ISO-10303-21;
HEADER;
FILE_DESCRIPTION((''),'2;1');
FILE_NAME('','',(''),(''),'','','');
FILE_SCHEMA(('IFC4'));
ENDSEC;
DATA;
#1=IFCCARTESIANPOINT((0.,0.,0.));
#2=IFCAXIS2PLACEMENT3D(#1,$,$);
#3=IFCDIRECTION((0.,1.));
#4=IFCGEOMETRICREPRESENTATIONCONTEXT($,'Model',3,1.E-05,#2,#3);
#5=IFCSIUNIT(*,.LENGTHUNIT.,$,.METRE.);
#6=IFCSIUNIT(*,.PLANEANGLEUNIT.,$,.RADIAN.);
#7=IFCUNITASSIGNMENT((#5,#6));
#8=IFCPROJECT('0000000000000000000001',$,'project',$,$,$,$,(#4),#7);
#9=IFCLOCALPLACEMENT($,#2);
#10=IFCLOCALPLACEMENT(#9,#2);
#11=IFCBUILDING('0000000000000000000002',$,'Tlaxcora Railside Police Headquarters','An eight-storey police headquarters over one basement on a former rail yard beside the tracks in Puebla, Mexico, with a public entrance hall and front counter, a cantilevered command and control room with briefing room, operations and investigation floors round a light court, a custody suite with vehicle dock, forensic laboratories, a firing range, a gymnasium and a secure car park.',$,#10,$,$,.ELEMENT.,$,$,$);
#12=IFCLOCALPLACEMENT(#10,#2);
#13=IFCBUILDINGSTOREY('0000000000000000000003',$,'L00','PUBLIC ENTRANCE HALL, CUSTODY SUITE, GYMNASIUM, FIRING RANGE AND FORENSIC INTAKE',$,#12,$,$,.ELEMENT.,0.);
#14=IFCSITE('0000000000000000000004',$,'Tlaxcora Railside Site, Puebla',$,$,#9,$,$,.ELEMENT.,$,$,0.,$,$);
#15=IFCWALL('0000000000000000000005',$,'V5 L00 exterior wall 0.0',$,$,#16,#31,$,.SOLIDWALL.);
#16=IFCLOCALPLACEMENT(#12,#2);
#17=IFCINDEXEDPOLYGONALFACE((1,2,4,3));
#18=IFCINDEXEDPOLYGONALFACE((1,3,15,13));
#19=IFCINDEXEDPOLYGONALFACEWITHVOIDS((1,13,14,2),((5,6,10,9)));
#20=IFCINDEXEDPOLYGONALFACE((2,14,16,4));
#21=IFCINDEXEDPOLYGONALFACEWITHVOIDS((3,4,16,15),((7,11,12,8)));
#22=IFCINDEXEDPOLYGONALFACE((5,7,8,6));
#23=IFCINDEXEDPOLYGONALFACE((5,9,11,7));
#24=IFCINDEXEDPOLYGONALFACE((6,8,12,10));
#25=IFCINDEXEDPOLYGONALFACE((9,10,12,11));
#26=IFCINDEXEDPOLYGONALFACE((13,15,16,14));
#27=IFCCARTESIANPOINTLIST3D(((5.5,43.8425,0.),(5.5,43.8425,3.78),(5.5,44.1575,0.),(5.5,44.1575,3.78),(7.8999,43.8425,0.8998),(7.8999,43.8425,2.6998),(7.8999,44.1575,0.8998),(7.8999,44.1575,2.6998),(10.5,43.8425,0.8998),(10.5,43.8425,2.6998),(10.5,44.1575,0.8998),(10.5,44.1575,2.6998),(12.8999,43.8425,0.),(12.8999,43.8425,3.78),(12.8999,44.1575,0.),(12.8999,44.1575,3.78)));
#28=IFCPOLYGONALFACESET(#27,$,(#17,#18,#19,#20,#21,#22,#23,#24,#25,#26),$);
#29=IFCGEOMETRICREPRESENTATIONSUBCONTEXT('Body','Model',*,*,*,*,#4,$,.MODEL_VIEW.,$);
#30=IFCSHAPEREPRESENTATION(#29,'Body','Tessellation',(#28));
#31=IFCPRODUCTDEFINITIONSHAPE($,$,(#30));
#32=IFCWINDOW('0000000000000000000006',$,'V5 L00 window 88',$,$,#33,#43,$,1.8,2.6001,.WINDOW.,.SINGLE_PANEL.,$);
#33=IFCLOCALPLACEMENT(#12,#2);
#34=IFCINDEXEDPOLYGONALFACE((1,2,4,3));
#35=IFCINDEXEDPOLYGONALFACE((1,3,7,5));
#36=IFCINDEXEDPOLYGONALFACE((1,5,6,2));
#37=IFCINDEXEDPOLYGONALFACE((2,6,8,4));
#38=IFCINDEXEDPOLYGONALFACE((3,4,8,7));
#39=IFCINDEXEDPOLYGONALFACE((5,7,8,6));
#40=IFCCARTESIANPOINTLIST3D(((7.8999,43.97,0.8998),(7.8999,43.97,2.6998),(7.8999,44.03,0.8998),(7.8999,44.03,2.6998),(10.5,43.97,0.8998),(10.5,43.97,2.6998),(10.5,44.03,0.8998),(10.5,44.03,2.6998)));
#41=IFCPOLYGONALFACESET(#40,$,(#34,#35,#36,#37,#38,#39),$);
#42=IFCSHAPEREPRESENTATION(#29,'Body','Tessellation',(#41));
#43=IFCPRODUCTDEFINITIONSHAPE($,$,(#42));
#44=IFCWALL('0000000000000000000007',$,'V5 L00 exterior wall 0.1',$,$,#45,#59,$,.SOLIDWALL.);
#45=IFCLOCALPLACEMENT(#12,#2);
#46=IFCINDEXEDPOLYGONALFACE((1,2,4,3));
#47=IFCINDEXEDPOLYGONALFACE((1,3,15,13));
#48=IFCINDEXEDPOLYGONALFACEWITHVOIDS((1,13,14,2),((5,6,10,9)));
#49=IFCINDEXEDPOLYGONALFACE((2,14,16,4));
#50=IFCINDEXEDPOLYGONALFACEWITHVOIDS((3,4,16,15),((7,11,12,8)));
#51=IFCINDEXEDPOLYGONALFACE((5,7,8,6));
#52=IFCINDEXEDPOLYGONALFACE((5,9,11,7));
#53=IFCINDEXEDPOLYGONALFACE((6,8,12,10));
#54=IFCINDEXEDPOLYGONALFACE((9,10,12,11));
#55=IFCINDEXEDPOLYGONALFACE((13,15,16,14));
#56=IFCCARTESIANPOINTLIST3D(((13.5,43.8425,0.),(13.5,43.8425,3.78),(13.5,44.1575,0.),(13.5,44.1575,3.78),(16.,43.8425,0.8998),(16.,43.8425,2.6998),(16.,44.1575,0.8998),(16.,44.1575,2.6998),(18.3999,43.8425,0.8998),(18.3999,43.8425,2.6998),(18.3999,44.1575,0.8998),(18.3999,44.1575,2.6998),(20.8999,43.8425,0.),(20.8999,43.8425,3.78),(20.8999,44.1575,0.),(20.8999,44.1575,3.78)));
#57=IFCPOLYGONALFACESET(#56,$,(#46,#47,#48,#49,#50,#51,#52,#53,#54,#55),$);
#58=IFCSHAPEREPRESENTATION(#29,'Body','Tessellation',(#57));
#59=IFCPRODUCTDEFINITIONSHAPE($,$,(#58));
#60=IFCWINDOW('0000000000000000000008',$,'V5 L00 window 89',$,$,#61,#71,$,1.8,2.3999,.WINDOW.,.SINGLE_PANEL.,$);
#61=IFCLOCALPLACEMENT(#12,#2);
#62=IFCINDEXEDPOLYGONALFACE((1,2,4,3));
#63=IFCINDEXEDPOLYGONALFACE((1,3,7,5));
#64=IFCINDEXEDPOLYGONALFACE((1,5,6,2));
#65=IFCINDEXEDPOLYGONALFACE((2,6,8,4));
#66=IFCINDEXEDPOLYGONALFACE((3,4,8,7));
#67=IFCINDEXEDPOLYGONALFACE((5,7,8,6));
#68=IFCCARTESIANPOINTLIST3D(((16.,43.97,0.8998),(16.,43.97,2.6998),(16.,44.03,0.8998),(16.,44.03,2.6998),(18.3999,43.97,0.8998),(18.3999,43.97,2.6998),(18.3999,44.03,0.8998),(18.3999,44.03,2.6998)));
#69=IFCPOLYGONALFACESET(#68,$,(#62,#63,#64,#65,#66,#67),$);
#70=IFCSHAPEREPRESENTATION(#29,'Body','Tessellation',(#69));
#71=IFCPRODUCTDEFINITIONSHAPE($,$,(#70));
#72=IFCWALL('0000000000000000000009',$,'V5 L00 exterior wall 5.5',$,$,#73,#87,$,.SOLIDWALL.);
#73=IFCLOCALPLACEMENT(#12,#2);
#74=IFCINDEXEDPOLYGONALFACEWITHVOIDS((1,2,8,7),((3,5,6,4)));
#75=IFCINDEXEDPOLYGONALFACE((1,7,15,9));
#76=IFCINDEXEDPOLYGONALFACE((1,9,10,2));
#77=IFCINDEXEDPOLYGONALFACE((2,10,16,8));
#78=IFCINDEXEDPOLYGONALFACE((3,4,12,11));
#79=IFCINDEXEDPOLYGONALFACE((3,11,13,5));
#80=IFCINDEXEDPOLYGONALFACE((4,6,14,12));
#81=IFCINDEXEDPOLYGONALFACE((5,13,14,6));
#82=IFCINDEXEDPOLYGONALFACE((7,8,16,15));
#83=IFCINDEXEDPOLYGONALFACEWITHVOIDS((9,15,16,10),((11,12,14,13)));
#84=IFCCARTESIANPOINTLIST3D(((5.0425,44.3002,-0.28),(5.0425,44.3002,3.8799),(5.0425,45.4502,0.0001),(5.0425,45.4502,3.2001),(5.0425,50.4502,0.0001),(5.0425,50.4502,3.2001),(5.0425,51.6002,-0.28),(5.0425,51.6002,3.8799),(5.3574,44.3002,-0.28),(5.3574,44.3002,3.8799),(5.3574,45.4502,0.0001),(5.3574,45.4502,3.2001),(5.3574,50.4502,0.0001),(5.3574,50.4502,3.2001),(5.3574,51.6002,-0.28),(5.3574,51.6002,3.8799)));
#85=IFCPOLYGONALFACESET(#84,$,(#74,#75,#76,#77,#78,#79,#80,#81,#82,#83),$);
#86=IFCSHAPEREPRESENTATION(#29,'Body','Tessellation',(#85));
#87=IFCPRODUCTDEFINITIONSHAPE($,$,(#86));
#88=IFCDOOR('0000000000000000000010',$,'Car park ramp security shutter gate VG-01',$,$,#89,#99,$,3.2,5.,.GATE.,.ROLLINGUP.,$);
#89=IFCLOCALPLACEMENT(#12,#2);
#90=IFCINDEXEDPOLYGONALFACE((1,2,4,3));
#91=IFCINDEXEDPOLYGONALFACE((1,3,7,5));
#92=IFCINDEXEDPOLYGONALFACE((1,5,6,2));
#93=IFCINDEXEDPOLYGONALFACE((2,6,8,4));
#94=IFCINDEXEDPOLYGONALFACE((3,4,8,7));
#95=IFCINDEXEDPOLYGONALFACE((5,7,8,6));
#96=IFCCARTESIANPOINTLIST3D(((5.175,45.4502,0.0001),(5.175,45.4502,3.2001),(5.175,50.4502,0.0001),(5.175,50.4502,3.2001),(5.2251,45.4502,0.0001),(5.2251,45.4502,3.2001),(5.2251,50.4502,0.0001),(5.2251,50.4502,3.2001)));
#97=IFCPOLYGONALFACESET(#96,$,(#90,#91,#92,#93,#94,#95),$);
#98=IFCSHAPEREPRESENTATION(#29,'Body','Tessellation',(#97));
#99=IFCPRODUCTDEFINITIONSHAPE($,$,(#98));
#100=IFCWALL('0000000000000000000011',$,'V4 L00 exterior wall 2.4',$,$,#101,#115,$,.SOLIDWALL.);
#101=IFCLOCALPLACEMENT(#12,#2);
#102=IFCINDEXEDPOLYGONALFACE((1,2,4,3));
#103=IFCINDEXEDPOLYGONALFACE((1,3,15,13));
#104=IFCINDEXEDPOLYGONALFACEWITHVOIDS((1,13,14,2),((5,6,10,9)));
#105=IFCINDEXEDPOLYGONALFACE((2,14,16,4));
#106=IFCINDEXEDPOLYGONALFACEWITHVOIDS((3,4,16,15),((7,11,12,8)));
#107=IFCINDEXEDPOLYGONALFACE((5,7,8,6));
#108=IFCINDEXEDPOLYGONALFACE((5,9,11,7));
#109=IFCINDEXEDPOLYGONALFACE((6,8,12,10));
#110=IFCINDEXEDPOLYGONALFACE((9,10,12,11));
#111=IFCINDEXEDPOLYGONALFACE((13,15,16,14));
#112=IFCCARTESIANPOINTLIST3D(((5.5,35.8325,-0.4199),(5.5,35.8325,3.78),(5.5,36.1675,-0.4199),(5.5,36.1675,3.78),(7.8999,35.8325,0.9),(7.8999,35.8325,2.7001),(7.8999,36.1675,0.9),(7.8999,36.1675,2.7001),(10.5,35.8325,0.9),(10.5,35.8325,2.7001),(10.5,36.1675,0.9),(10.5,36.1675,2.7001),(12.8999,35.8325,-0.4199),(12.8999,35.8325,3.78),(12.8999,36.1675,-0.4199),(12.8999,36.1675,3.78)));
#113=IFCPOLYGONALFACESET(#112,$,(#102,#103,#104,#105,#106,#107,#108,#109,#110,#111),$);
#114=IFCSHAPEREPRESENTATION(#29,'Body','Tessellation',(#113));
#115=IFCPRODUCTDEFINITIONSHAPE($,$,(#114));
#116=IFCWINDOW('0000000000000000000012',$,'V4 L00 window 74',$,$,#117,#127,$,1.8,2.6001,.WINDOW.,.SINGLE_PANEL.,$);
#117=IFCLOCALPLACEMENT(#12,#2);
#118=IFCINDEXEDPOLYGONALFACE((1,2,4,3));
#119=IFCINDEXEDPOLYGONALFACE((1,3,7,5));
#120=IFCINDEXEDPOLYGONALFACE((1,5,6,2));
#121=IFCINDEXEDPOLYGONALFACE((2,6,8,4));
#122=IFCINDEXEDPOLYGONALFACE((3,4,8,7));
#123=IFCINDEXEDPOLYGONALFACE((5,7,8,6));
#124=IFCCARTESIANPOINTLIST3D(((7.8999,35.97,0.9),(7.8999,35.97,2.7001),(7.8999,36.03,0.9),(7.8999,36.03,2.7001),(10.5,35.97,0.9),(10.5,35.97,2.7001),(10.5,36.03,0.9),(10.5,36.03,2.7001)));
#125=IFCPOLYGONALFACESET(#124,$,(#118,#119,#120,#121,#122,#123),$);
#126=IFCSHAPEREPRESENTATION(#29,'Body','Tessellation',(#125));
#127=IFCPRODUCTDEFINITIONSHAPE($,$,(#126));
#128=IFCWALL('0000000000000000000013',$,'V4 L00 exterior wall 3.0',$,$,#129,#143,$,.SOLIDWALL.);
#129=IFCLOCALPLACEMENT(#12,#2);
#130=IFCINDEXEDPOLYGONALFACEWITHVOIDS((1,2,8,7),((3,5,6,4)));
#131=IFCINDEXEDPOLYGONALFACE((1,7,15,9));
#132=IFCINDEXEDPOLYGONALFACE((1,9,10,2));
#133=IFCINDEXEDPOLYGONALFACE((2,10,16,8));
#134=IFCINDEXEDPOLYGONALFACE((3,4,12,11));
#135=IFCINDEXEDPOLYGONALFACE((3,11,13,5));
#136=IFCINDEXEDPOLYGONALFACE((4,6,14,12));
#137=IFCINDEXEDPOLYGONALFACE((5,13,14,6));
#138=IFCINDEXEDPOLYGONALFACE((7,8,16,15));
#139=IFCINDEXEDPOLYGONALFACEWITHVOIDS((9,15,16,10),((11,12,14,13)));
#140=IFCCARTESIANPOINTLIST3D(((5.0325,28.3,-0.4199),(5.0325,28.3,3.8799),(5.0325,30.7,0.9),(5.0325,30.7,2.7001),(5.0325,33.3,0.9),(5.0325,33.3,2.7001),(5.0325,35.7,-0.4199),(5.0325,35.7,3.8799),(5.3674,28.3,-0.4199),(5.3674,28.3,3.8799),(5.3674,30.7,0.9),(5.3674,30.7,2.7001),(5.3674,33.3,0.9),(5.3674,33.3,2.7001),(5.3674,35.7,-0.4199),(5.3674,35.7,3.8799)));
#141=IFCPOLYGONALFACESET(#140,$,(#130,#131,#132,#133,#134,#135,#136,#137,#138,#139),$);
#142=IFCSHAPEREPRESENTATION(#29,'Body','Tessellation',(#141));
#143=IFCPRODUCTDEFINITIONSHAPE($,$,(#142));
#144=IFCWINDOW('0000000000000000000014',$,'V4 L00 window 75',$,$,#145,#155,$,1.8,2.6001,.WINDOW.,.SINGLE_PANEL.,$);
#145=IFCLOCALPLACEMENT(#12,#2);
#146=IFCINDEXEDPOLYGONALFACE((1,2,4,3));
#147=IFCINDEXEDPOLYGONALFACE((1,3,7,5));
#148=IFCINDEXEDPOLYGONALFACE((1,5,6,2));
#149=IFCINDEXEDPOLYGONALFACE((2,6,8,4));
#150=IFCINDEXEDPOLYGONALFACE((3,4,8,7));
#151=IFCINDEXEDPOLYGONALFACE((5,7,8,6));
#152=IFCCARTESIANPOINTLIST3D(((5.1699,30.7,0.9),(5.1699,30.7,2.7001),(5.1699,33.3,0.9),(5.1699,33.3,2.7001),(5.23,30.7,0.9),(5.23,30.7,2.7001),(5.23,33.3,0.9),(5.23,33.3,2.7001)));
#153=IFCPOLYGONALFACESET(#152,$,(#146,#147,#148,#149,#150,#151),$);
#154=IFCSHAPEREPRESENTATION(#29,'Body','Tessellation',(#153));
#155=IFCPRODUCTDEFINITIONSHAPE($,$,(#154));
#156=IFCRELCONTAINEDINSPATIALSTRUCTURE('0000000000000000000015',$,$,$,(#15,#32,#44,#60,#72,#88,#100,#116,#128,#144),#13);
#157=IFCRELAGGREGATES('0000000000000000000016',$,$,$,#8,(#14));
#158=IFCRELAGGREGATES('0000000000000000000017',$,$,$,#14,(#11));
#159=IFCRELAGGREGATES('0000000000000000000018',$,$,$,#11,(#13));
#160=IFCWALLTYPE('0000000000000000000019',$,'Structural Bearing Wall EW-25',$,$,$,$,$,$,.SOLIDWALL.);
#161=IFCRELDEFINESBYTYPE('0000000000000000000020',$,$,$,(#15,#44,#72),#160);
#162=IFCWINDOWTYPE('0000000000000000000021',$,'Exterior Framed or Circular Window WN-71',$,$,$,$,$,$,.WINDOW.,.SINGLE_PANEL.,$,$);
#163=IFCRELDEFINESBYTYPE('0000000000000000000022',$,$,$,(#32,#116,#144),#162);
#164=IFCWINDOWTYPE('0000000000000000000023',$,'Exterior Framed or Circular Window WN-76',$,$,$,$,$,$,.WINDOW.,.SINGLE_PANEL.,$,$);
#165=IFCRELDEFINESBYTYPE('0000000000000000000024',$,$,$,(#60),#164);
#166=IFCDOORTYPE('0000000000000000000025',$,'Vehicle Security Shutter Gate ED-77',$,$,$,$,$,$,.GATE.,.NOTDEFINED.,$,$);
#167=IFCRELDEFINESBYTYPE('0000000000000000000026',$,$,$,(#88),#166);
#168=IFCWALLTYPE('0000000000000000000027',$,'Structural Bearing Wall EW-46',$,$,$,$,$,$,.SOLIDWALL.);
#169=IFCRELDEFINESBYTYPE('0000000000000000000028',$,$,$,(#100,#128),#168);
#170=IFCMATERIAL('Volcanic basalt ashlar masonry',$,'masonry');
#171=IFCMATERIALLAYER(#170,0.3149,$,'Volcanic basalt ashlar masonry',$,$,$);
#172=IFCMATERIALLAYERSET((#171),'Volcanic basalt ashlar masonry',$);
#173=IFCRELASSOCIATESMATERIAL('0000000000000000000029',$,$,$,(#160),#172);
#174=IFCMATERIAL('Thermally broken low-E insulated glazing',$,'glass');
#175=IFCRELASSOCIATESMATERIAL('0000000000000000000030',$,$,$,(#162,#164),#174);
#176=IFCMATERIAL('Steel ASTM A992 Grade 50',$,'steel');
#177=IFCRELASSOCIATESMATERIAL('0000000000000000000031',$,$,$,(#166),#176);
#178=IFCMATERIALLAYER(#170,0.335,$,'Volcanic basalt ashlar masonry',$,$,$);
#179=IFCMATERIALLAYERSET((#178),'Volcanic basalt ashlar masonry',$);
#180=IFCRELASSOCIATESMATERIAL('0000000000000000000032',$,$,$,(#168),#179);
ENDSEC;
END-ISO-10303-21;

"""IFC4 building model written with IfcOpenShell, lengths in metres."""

from ifc_helpers import new_model, si_unit, direction, frame, frame_2d, origin, place, context, subcontext, project, spatial, rectangle, extrude, material, layer, layer_set, type_object, element, fill, save


model = new_model("IFC4")

# Units and contexts
model_context = context("Model", 3, precision=1e-05, world=origin(), true_north=direction((0.0, 1.0)))
body_context = subcontext(model_context, "Body", "Model", "MODEL_VIEW")
ifc_project = project(units=[si_unit("LENGTHUNIT", "METRE"), si_unit("PLANEANGLEUNIT", "RADIAN")], contexts=[model_context])

# Site, building, storey
site_placement = place(None, origin())
site = spatial("IfcSite", under=ifc_project, at=site_placement, Name="Tlaxcora Railside Site, Puebla", CompositionType="ELEMENT", RefElevation=0.0)
building_placement = place(site_placement, origin())
building = spatial("IfcBuilding", under=site, at=building_placement, Name="Tlaxcora Railside Police Headquarters", Description="An eight-storey police headquarters over one basement on a former rail yard beside the tracks in Puebla, Mexico, with a public entrance hall and front counter, a cantilevered command and control room with briefing room, operations and investigation floors round a light court, a custody suite with vehicle dock, forensic laboratories, a firing range, a gymnasium and a secure car park.", CompositionType="ELEMENT")
storey_placement = place(building_placement, origin())
storey = spatial("IfcBuildingStorey", under=building, at=storey_placement, Name="L00", Description="PUBLIC ENTRANCE HALL, CUSTODY SUITE, GYMNASIUM, FIRING RANGE AND FORENSIC INTAKE", CompositionType="ELEMENT", Elevation=0.0)

# Walls, openings, windows
ifc_material_1 = material(Name="Volcanic basalt ashlar masonry", Category="masonry")
ifc_layer_1 = layer(ifc_material_1, 0.3149, Name="Volcanic basalt ashlar masonry")
ifc_layer_set_1 = layer_set([ifc_layer_1], Name="Volcanic basalt ashlar masonry")
wall_type_1 = type_object("IfcWallType", Name="Structural Bearing Wall EW-25", PredefinedType="SOLIDWALL", material=ifc_layer_set_1)
wall_1_placement = place(storey_placement, frame((5.5, 44.0, 0.0), z_axis=(0.0, 0.0, 1.0), x_axis=(1.0, 0.0, 0.0)))
wall_1 = element("IfcWall", 1, at=wall_1_placement, inside=storey, type_object=wall_type_1, Name="V5 L00 exterior wall 0.0", PredefinedType="SOLIDWALL", context=body_context, shape_type="SweptSolid", body=[
    extrude(rectangle(XDim=7.3999, YDim=0.3149, at=frame_2d((3.7, 0.0))), origin(), (0.0, 0.0, 1.0), 3.78),
])
opening_1_placement = place(wall_1_placement, frame((2.3999, 0.0, 0.8999)))
opening_1 = element("IfcOpeningElement", 2, at=opening_1_placement, cuts=wall_1, PredefinedType="OPENING", context=body_context, shape_type="SweptSolid", body=[
    extrude(rectangle(XDim=2.6001, YDim=1.8, at=frame_2d((1.3, 0.8999))), frame((0.0, 0.1675, 0.0), z_axis=(0.0, -1.0, 0.0), x_axis=(1.0, 0.0, 0.0)), (0.0, 0.0, 1.0), 0.335),
])
ifc_material_2 = material(Name="Thermally broken low-E insulated glazing", Category="glass")
window_type_1 = type_object("IfcWindowType", Name="Exterior Framed or Circular Window WN-71", PartitioningType="SINGLE_PANEL", PredefinedType="WINDOW", material=ifc_material_2)
window_1_placement = place(opening_1_placement, origin())
window_1 = element("IfcWindow", 3, at=window_1_placement, inside=storey, type_object=window_type_1, Name="V5 L00 window 88", OverallHeight=1.8, OverallWidth=2.6001, PartitioningType="SINGLE_PANEL", PredefinedType="WINDOW", context=body_context, shape_type="SweptSolid", body=[
    extrude(rectangle(XDim=2.6001, YDim=1.8, at=frame_2d((1.3, 0.8999))), frame((0.0, 0.03, 0.0), z_axis=(0.0, -1.0, 0.0), x_axis=(1.0, 0.0, 0.0)), (0.0, 0.0, 1.0), 0.0601),
])
fill(opening_1, window_1)
wall_2_placement = place(storey_placement, frame((13.5, 44.0, 0.0), z_axis=(0.0, 0.0, 1.0), x_axis=(1.0, 0.0, 0.0)))
wall_2 = element("IfcWall", 4, at=wall_2_placement, inside=storey, type_object=wall_type_1, Name="V5 L00 exterior wall 0.1", PredefinedType="SOLIDWALL", context=body_context, shape_type="SweptSolid", body=[
    extrude(rectangle(XDim=7.3999, YDim=0.3149, at=frame_2d((3.7, 0.0))), origin(), (0.0, 0.0, 1.0), 3.78),
])
opening_2_placement = place(wall_2_placement, frame((2.5, 0.0, 0.8999)))
opening_2 = element("IfcOpeningElement", 5, at=opening_2_placement, cuts=wall_2, PredefinedType="OPENING", context=body_context, shape_type="SweptSolid", body=[
    extrude(rectangle(XDim=2.3999, YDim=1.8, at=frame_2d((1.2, 0.8999))), frame((0.0, 0.1675, 0.0), z_axis=(0.0, -1.0, 0.0), x_axis=(1.0, 0.0, 0.0)), (0.0, 0.0, 1.0), 0.335),
])
window_type_2 = type_object("IfcWindowType", Name="Exterior Framed or Circular Window WN-76", PartitioningType="SINGLE_PANEL", PredefinedType="WINDOW", material=ifc_material_2)
window_2_placement = place(opening_2_placement, origin())
window_2 = element("IfcWindow", 6, at=window_2_placement, inside=storey, type_object=window_type_2, Name="V5 L00 window 89", OverallHeight=1.8, OverallWidth=2.3999, PartitioningType="SINGLE_PANEL", PredefinedType="WINDOW", context=body_context, shape_type="SweptSolid", body=[
    extrude(rectangle(XDim=2.3999, YDim=1.8, at=frame_2d((1.2, 0.8999))), frame((0.0, 0.03, 0.0), z_axis=(0.0, -1.0, 0.0), x_axis=(1.0, 0.0, 0.0)), (0.0, 0.0, 1.0), 0.0601),
])
fill(opening_2, window_2)

# Wall, opening, door
wall_3_placement = place(storey_placement, frame((5.2, 51.6001, -0.28), z_axis=(0.0, 0.0, 1.0), x_axis=(0.0, -1.0, 0.0)))
wall_3 = element("IfcWall", 7, at=wall_3_placement, inside=storey, type_object=wall_type_1, Name="V5 L00 exterior wall 5.5", PredefinedType="SOLIDWALL", context=body_context, shape_type="SweptSolid", body=[
    extrude(rectangle(XDim=7.3, YDim=0.3149, at=frame_2d((3.6499, 0.0))), origin(), (0.0, 0.0, 1.0), 4.1599),
])
opening_3_placement = place(wall_3_placement, frame((1.1499, 0.0, 0.28)))
opening_3 = element("IfcOpeningElement", 8, at=opening_3_placement, cuts=wall_3, PredefinedType="OPENING", context=body_context, shape_type="SweptSolid", body=[
    extrude(rectangle(XDim=5.0, YDim=3.2, at=frame_2d((2.5, 1.6001))), frame((0.0, 0.1675, 0.0), z_axis=(0.0, -1.0, 0.0), x_axis=(1.0, 0.0, 0.0)), (0.0, 0.0, 1.0), 0.335),
])
ifc_material_3 = material(Name="Steel ASTM A992 Grade 50", Category="steel")
door_type = type_object("IfcDoorType", Name="Vehicle Security Shutter Gate ED-77", OperationType="NOTDEFINED", PredefinedType="GATE", material=ifc_material_3)
door_placement = place(opening_3_placement, frame((5.0, 0.0, 0.0), z_axis=(0.0, 0.0, 1.0), x_axis=(-1.0, 0.0, 0.0)))
door = element("IfcDoor", 9, at=door_placement, inside=storey, type_object=door_type, Name="Car park ramp security shutter gate VG-01", OperationType="ROLLINGUP", OverallHeight=3.2, OverallWidth=5.0, PredefinedType="GATE", context=body_context, shape_type="SweptSolid", body=[
    extrude(rectangle(XDim=5.0, YDim=3.2, at=frame_2d((2.5, 1.6001))), frame((0.0, 0.0249, 0.0), z_axis=(0.0, -1.0, 0.0), x_axis=(1.0, 0.0, 0.0)), (0.0, 0.0, 1.0), 0.05),
])
fill(opening_3, door)

# Walls, openings, windows
ifc_layer_2 = layer(ifc_material_1, 0.335, Name="Volcanic basalt ashlar masonry")
ifc_layer_set_2 = layer_set([ifc_layer_2], Name="Volcanic basalt ashlar masonry")
wall_type_2 = type_object("IfcWallType", Name="Structural Bearing Wall EW-46", PredefinedType="SOLIDWALL", material=ifc_layer_set_2)
wall_4_placement = place(storey_placement, frame((12.8999, 36.0, -0.4199), z_axis=(0.0, 0.0, 1.0), x_axis=(-1.0, 0.0, 0.0)))
wall_4 = element("IfcWall", 10, at=wall_4_placement, inside=storey, type_object=wall_type_2, Name="V4 L00 exterior wall 2.4", PredefinedType="SOLIDWALL", context=body_context, shape_type="SweptSolid", body=[
    extrude(rectangle(XDim=7.3999, YDim=0.335, at=frame_2d((3.7, 0.0))), origin(), (0.0, 0.0, 1.0), 4.2),
])
opening_4_placement = place(wall_4_placement, frame((2.3999, 0.0, 1.3201)))
opening_4 = element("IfcOpeningElement", 11, at=opening_4_placement, cuts=wall_4, PredefinedType="OPENING", context=body_context, shape_type="SweptSolid", body=[
    extrude(rectangle(XDim=2.6001, YDim=1.8, at=frame_2d((1.3, 0.8999))), frame((0.0, 0.1775, 0.0), z_axis=(0.0, -1.0, 0.0), x_axis=(1.0, 0.0, 0.0)), (0.0, 0.0, 1.0), 0.355),
])
window_3_placement = place(opening_4_placement, origin())
window_3 = element("IfcWindow", 12, at=window_3_placement, inside=storey, type_object=window_type_1, Name="V4 L00 window 74", OverallHeight=1.8, OverallWidth=2.6001, PartitioningType="SINGLE_PANEL", PredefinedType="WINDOW", context=body_context, shape_type="SweptSolid", body=[
    extrude(rectangle(XDim=2.6001, YDim=1.8, at=frame_2d((1.3, 0.8999))), frame((0.0, 0.03, 0.0), z_axis=(0.0, -1.0, 0.0), x_axis=(1.0, 0.0, 0.0)), (0.0, 0.0, 1.0), 0.0601),
])
fill(opening_4, window_3)
wall_5_placement = place(storey_placement, frame((5.2, 35.7, -0.4199), z_axis=(0.0, 0.0, 1.0), x_axis=(0.0, -1.0, 0.0)))
wall_5 = element("IfcWall", 13, at=wall_5_placement, inside=storey, type_object=wall_type_2, Name="V4 L00 exterior wall 3.0", PredefinedType="SOLIDWALL", context=body_context, shape_type="SweptSolid", body=[
    extrude(rectangle(XDim=7.3999, YDim=0.335, at=frame_2d((3.7, 0.0))), origin(), (0.0, 0.0, 1.0), 4.2998),
])
opening_5_placement = place(wall_5_placement, frame((2.3999, 0.0, 1.3201)))
opening_5 = element("IfcOpeningElement", 14, at=opening_5_placement, cuts=wall_5, PredefinedType="OPENING", context=body_context, shape_type="SweptSolid", body=[
    extrude(rectangle(XDim=2.6001, YDim=1.8, at=frame_2d((1.3, 0.8999))), frame((0.0, 0.1775, 0.0), z_axis=(0.0, -1.0, 0.0), x_axis=(1.0, 0.0, 0.0)), (0.0, 0.0, 1.0), 0.355),
])
window_4_placement = place(opening_5_placement, origin())
window_4 = element("IfcWindow", 15, at=window_4_placement, inside=storey, type_object=window_type_1, Name="V4 L00 window 75", OverallHeight=1.8, OverallWidth=2.6001, PartitioningType="SINGLE_PANEL", PredefinedType="WINDOW", context=body_context, shape_type="SweptSolid", body=[
    extrude(rectangle(XDim=2.6001, YDim=1.8, at=frame_2d((1.3, 0.8999))), frame((0.0, 0.03, 0.0), z_axis=(0.0, -1.0, 0.0), x_axis=(1.0, 0.0, 0.0)), (0.0, 0.0, 1.0), 0.0601),
])
fill(opening_5, window_4)

save(model, "model.ifc")
